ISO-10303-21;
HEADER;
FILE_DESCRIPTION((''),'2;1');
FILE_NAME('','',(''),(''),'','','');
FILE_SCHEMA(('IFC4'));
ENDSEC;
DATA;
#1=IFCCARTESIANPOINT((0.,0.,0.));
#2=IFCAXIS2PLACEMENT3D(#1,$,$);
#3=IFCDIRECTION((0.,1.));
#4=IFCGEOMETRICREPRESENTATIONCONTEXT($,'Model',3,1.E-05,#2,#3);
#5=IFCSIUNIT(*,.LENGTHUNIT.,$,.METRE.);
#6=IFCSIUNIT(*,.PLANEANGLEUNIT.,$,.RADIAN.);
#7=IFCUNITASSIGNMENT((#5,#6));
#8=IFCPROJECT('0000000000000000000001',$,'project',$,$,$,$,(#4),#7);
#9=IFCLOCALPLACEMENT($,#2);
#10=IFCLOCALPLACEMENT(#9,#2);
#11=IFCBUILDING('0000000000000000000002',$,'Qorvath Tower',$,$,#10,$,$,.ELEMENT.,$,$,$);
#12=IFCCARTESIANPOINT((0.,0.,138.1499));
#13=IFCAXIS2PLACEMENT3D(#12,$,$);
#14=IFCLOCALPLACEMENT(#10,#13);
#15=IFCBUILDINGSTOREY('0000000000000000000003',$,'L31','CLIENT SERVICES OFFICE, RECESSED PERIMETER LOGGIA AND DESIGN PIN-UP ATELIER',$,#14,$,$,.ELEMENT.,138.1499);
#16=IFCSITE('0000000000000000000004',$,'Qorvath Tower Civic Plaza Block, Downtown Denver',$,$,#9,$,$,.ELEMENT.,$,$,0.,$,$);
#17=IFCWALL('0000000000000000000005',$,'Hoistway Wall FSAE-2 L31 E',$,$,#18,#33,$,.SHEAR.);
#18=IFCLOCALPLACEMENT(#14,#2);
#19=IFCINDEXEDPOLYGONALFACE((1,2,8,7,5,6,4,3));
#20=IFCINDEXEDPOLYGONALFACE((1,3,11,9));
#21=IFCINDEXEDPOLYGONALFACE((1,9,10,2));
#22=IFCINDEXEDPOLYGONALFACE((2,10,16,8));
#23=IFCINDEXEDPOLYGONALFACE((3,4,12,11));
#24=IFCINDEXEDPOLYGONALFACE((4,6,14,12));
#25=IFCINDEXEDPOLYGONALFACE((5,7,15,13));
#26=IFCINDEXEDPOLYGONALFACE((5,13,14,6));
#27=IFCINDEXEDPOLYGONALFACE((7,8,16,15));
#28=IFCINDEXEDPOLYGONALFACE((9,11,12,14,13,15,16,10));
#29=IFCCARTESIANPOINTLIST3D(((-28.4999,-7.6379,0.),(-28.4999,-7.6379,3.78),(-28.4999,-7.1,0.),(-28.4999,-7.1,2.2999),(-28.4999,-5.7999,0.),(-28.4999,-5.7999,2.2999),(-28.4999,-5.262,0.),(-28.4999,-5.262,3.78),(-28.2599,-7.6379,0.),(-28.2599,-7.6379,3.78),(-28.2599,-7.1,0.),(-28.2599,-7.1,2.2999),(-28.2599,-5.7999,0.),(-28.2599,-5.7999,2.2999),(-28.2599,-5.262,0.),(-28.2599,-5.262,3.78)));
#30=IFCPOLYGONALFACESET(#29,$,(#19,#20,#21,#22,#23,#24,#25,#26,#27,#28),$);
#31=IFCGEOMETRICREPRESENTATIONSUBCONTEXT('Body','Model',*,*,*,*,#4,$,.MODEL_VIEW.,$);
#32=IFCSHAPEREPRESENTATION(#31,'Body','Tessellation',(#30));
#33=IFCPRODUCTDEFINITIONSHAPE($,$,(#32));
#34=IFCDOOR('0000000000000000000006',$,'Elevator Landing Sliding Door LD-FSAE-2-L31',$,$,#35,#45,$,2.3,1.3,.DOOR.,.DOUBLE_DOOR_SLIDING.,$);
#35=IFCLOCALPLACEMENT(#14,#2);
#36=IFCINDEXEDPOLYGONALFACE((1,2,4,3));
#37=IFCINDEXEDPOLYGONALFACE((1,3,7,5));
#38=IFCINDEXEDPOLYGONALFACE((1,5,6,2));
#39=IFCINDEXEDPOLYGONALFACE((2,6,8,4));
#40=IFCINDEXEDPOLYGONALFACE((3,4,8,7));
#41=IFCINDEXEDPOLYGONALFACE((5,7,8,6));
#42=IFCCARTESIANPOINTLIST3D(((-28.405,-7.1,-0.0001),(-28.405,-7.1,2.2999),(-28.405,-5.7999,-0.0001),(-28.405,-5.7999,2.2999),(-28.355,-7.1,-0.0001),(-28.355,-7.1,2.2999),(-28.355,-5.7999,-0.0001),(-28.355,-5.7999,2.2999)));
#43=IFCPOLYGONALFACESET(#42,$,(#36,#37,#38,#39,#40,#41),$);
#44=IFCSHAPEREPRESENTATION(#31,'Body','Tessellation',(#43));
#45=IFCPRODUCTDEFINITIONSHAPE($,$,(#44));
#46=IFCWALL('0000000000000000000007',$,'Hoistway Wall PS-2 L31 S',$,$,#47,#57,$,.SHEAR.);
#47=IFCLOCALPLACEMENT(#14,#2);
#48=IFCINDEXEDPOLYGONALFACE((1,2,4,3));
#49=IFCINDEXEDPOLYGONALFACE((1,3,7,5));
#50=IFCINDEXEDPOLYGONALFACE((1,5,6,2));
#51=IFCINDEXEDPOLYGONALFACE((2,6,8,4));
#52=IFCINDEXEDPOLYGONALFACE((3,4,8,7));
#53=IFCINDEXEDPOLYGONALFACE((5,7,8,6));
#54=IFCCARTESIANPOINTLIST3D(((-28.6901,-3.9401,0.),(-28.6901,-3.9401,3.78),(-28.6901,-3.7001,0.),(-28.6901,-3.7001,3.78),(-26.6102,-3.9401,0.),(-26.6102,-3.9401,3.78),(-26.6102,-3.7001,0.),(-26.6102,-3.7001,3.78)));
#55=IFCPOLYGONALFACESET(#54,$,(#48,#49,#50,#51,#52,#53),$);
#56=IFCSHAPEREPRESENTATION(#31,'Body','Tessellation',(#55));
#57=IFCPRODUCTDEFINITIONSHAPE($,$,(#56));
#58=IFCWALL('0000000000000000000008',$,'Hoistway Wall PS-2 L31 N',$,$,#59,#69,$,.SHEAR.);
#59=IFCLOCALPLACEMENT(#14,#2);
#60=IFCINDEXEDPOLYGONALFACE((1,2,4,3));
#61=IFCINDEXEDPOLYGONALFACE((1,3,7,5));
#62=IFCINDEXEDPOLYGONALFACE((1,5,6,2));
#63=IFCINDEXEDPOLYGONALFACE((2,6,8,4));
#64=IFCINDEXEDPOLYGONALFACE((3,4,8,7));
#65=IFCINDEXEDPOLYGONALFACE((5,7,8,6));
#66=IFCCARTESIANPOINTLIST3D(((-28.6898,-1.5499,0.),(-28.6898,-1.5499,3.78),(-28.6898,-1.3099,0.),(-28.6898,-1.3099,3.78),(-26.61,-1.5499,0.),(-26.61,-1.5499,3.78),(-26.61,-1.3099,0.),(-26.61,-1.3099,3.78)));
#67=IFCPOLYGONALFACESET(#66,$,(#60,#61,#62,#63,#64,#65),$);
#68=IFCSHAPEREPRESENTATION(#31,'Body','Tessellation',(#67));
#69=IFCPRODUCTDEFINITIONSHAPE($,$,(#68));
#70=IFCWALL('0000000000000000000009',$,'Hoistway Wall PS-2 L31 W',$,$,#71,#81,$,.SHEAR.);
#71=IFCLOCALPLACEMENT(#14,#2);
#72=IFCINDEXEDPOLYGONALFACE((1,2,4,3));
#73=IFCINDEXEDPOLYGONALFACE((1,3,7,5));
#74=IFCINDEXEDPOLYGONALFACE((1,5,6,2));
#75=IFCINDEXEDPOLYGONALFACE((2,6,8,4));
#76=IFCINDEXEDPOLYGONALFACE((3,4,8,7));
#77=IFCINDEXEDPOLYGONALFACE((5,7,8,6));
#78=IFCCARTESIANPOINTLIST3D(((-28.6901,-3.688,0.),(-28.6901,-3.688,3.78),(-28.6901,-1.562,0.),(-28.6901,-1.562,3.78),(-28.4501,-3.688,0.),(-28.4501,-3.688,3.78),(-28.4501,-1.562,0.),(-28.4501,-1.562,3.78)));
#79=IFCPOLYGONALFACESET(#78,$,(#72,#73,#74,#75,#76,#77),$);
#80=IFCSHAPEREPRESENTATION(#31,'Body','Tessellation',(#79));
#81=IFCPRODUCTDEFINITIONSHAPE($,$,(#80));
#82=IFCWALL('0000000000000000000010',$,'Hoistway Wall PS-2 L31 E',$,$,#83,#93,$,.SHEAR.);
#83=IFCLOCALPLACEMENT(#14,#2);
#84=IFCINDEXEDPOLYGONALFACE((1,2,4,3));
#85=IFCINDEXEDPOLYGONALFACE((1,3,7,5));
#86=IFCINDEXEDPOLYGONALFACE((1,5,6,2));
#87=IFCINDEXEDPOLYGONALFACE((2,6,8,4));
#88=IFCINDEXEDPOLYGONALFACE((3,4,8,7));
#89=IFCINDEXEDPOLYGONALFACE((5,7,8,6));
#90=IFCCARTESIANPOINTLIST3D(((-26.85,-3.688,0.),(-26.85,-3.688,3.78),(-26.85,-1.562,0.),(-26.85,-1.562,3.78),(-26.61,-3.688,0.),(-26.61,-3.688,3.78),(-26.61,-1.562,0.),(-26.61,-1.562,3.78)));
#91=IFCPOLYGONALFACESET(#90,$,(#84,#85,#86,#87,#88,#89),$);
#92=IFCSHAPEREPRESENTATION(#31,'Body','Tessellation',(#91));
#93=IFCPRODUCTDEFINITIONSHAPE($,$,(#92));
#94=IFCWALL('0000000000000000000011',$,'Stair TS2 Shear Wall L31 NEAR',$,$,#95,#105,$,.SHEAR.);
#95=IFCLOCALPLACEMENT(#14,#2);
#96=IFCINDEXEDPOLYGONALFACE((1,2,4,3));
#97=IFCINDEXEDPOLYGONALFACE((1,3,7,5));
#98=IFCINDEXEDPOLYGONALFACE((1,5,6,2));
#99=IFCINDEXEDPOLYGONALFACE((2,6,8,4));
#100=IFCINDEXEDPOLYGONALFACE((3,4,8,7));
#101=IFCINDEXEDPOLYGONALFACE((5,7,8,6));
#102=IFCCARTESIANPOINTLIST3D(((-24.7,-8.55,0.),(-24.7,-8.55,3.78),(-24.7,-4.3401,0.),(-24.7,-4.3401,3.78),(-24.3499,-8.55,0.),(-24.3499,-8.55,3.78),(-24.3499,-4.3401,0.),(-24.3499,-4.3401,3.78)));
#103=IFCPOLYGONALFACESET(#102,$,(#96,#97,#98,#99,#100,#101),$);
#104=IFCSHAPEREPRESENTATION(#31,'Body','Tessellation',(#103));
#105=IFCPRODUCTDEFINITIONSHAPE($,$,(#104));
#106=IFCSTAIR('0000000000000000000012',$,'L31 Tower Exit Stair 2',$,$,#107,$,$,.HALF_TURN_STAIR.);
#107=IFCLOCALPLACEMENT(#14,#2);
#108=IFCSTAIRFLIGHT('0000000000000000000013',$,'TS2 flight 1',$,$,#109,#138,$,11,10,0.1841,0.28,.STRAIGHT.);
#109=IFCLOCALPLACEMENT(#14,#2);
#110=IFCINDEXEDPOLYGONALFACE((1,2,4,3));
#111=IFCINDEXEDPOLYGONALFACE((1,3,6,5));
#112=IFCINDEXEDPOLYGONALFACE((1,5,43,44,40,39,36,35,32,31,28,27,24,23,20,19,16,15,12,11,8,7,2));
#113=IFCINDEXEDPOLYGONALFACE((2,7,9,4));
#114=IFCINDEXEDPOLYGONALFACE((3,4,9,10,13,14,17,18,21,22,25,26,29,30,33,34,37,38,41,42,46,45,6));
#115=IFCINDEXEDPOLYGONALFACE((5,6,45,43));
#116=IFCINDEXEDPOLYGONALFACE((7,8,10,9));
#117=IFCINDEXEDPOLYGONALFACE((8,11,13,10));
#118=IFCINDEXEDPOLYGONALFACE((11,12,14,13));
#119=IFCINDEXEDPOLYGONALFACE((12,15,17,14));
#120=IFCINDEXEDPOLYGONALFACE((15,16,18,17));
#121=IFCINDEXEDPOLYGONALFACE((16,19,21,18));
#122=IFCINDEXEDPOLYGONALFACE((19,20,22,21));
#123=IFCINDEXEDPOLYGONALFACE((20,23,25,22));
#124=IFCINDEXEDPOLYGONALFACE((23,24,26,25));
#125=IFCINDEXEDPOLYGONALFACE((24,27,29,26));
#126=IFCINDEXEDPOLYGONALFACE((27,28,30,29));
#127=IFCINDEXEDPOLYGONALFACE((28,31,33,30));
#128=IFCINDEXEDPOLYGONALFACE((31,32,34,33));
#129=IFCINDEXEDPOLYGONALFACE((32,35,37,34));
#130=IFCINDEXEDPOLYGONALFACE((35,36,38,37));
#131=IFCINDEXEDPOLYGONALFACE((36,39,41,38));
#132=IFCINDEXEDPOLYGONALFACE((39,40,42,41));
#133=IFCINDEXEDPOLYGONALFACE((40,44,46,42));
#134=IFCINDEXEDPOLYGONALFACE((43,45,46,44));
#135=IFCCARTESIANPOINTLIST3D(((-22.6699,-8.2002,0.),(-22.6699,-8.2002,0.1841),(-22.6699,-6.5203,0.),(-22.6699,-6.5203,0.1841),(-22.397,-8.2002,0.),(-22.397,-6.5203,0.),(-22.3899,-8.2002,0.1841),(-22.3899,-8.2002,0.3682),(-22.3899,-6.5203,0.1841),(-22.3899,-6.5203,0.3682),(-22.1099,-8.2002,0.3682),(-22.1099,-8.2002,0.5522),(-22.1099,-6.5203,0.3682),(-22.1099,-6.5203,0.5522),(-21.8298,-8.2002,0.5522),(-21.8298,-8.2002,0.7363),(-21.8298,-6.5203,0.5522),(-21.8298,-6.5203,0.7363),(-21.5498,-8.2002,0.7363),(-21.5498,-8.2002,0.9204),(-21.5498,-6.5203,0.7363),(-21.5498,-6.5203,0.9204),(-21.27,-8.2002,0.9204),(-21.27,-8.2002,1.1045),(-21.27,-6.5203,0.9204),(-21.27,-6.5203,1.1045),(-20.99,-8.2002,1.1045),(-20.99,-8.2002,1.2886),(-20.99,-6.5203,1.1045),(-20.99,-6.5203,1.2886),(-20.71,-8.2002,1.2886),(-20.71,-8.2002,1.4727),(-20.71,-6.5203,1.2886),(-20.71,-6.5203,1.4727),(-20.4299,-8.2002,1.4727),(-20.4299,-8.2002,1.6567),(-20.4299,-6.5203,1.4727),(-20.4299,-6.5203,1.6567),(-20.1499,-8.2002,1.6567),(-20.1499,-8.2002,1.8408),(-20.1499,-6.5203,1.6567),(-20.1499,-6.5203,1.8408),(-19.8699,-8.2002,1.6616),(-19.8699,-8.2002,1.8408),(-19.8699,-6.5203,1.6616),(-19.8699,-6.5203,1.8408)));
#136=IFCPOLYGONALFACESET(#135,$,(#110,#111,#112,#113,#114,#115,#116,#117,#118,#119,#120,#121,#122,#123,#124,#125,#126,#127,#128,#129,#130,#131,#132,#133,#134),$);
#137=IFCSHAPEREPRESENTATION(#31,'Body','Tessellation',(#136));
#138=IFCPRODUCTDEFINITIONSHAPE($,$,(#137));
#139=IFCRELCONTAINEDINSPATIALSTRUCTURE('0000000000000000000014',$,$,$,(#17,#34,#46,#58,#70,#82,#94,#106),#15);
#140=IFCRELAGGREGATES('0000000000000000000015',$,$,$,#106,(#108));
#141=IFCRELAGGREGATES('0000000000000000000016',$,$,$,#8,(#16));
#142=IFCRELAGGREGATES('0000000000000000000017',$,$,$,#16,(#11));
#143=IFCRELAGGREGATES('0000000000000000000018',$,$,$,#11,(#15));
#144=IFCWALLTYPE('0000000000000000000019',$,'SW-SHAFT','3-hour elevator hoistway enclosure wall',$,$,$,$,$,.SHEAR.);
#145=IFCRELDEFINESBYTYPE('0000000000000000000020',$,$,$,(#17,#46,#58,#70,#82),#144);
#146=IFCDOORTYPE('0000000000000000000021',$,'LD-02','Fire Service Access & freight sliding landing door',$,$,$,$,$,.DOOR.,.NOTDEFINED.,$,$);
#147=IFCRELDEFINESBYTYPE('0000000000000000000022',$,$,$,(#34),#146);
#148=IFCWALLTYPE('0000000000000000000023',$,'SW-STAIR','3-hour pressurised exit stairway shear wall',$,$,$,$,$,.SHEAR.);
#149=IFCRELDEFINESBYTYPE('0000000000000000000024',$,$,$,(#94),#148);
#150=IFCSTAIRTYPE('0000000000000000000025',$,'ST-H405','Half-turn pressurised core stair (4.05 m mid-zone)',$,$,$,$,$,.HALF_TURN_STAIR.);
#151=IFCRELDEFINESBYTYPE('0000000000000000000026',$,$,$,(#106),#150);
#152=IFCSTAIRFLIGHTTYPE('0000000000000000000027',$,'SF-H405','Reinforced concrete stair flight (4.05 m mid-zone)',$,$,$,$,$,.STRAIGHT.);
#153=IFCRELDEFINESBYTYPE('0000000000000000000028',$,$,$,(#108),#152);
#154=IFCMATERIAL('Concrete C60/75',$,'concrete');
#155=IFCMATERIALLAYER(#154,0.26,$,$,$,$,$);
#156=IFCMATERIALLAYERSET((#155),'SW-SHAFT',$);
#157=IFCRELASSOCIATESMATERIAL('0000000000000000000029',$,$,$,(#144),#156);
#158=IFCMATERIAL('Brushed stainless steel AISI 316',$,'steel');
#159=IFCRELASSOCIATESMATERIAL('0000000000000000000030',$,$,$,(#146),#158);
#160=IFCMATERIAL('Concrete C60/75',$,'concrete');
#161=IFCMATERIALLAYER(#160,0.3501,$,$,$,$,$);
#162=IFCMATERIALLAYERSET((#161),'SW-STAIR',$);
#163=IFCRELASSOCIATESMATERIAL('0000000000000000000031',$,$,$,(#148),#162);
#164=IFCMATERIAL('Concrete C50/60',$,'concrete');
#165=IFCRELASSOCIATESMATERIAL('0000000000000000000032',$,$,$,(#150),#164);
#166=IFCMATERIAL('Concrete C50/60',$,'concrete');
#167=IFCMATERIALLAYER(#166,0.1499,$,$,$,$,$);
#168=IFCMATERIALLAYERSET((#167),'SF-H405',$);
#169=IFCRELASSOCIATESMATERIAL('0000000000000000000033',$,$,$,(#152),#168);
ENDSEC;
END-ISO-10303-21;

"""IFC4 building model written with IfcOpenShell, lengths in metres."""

from ifc_helpers import new_model, si_unit, direction, frame, frame_2d, origin, place, context, subcontext, project, spatial, polyline, rectangle, outline, extrude, material, layer, layer_set, type_object, element, fill, aggregate, save


model = new_model("IFC4")

# Units and contexts
model_context = context("Model", 3, precision=1e-05, world=origin(), true_north=direction((0.0, 1.0)))
body_context = subcontext(model_context, "Body", "Model", "MODEL_VIEW")
ifc_project = project(units=[si_unit("LENGTHUNIT", "METRE"), si_unit("PLANEANGLEUNIT", "RADIAN")], contexts=[model_context])

# Site, building, storey
site_placement = place(None, origin())
site = spatial("IfcSite", under=ifc_project, at=site_placement, Name="Qorvath Tower Civic Plaza Block, Downtown Denver", CompositionType="ELEMENT", RefElevation=0.0)
building_placement = place(site_placement, origin())
building = spatial("IfcBuilding", under=site, at=building_placement, Name="Qorvath Tower", CompositionType="ELEMENT")
storey_placement = place(building_placement, frame((0.0, 0.0, 138.1499)))
storey = spatial("IfcBuildingStorey", under=building, at=storey_placement, Name="L31", Description="CLIENT SERVICES OFFICE, RECESSED PERIMETER LOGGIA AND DESIGN PIN-UP ATELIER", CompositionType="ELEMENT", Elevation=138.1499)

# Shared definitions
ifc_material_1 = material(Name="Concrete C60/75", Category="concrete")
ifc_layer_1 = layer(ifc_material_1, 0.26)
ifc_layer_set_1 = layer_set([ifc_layer_1], Name="SW-SHAFT")
wall_type_1 = type_object("IfcWallType", Name="SW-SHAFT", Description="3-hour elevator hoistway enclosure wall", PredefinedType="SHEAR", material=ifc_layer_set_1)

# Wall, opening, door
wall_1_placement = place(storey_placement, frame((-28.3799, -5.262, 0.0), z_axis=(0.0, 0.0, 1.0), x_axis=(0.0, -1.0, 0.0)))
wall_1 = element("IfcWall", 1, at=wall_1_placement, inside=storey, type_object=wall_type_1, Name="Hoistway Wall FSAE-2 L31 E", PredefinedType="SHEAR", context=body_context, shape_type="SweptSolid", body=[
    extrude(rectangle(XDim=2.376, YDim=0.24, at=frame_2d((1.188, 0.0))), origin(), (0.0, 0.0, 1.0), 3.78),
])
opening_1_placement = place(wall_1_placement, frame((0.5381, 0.0, 0.0)))
opening_1 = element("IfcOpeningElement", 2, at=opening_1_placement, cuts=wall_1, PredefinedType="OPENING", context=body_context, shape_type="SweptSolid", body=[
    extrude(rectangle(XDim=1.3, YDim=2.3, at=frame_2d((0.6499, 1.1499))), frame((0.0, 0.1299, 0.0), z_axis=(0.0, -1.0, 0.0), x_axis=(1.0, 0.0, 0.0)), (0.0, 0.0, 1.0), 0.26),
])
ifc_material_2 = material(Name="Brushed stainless steel AISI 316", Category="steel")
door_type_1 = type_object("IfcDoorType", Name="LD-02", Description="Fire Service Access & freight sliding landing door", OperationType="NOTDEFINED", PredefinedType="DOOR", material=ifc_material_2)
door_1_placement = place(opening_1_placement, origin())
door_1 = element("IfcDoor", 3, at=door_1_placement, inside=storey, type_object=door_type_1, Name="Elevator Landing Sliding Door LD-FSAE-2-L31", OperationType="DOUBLE_DOOR_SLIDING", OverallHeight=2.3, OverallWidth=1.3, PredefinedType="DOOR", context=body_context, shape_type="SweptSolid", body=[
    extrude(rectangle(XDim=1.3, YDim=2.3, at=frame_2d((0.6499, 1.1499))), frame((0.0, 0.0249, 0.0), z_axis=(0.0, -1.0, 0.0), x_axis=(1.0, 0.0, 0.0)), (0.0, 0.0, 1.0), 0.05),
])
fill(opening_1, door_1)

# Walls
for number, where, z_axis, x_axis, name in (
    (4, (-26.6101, -3.8201, 0.0), (0.0, 0.0, 1.0), (-1.0, 0.0, 0.0), "Hoistway Wall PS-2 L31 S"),
    (5, (-28.6899, -1.4299, 0.0), (0.0, 0.0, 1.0), (1.0, 0.0, 0.0), "Hoistway Wall PS-2 L31 N"),
):
    element("IfcWall", number, at=place(storey_placement, frame(where, z_axis=z_axis, x_axis=x_axis)), inside=storey, type_object=wall_type_1, Name=name, PredefinedType="SHEAR", context=body_context, shape_type="SweptSolid", body=[
        extrude(rectangle(XDim=2.0798, YDim=0.24, at=frame_2d((1.04, 0.0))), origin(), (0.0, 0.0, 1.0), 3.78),
    ])
for number, where, z_axis, x_axis, name in (
    (6, (-28.5701, -3.688, 0.0), (0.0, 0.0, 1.0), (0.0, 1.0, 0.0), "Hoistway Wall PS-2 L31 W"),
    (7, (-26.73, -1.562, 0.0), (0.0, 0.0, 1.0), (0.0, -1.0, 0.0), "Hoistway Wall PS-2 L31 E"),
):
    element("IfcWall", number, at=place(storey_placement, frame(where, z_axis=z_axis, x_axis=x_axis)), inside=storey, type_object=wall_type_1, Name=name, PredefinedType="SHEAR", context=body_context, shape_type="SweptSolid", body=[
        extrude(rectangle(XDim=2.126, YDim=0.24, at=frame_2d((1.063, 0.0))), origin(), (0.0, 0.0, 1.0), 3.78),
    ])
ifc_material_3 = material(Name="Concrete C60/75", Category="concrete")
ifc_layer_2 = layer(ifc_material_3, 0.3501)
ifc_layer_set_2 = layer_set([ifc_layer_2], Name="SW-STAIR")
wall_type_2 = type_object("IfcWallType", Name="SW-STAIR", Description="3-hour pressurised exit stairway shear wall", PredefinedType="SHEAR", material=ifc_layer_set_2)
wall_2_placement = place(storey_placement, frame((-24.5249, -4.3401, 0.0), z_axis=(0.0, 0.0, 1.0), x_axis=(0.0, -1.0, 0.0)))
element("IfcWall", 8, at=wall_2_placement, inside=storey, type_object=wall_type_2, Name="Stair TS2 Shear Wall L31 NEAR", PredefinedType="SHEAR", context=body_context, shape_type="SweptSolid", body=[
    extrude(rectangle(XDim=4.21, YDim=0.3501, at=frame_2d((2.105, 0.0))), origin(), (0.0, 0.0, 1.0), 3.78),
])

# Stair, stair flight
ifc_material_4 = material(Name="Concrete C50/60", Category="concrete")
stair_type = type_object("IfcStairType", Name="ST-H405", Description="Half-turn pressurised core stair (4.05 m mid-zone)", PredefinedType="HALF_TURN_STAIR", material=ifc_material_4)
stair_placement = place(storey_placement, origin())
stair = element("IfcStair", 9, at=stair_placement, inside=storey, type_object=stair_type, Name="L31 Tower Exit Stair 2", PredefinedType="HALF_TURN_STAIR")
ifc_material_5 = material(Name="Concrete C50/60", Category="concrete")
ifc_layer_3 = layer(ifc_material_5, 0.1499)
ifc_layer_set_3 = layer_set([ifc_layer_3], Name="SF-H405")
stair_flight_type = type_object("IfcStairFlightType", Name="SF-H405", Description="Reinforced concrete stair flight (4.05 m mid-zone)", PredefinedType="STRAIGHT", material=ifc_layer_set_3)
stair_flight_placement = place(storey_placement, frame((-22.6699, -7.3601, 0.0), z_axis=(0.0, 0.0, 1.0), x_axis=(1.0, 0.0, 0.0)))
stair_flight = element("IfcStairFlight", 10, at=stair_flight_placement, type_object=stair_flight_type, Name="TS2 flight 1", NumberOfRisers=11, NumberOfTreads=10, PredefinedType="STRAIGHT", RiserHeight=0.1841, TreadLength=0.28, context=body_context, shape_type="SweptSolid", body=[
    extrude(outline(polyline([(0.0, 0.0), (0.0, 0.1841), (0.28, 0.1841), (0.28, 0.3682), (0.5601, 0.3682), (0.5601, 0.5522), (0.8401, 0.5522), (0.8401, 0.7363), (1.1201, 0.7363), (1.1201, 0.9204), (1.3999, 0.9204), (1.3999, 1.1045), (1.6799, 1.1045), (1.6799, 1.2886), (1.96, 1.2886), (1.96, 1.4727), (2.24, 1.4727), (2.24, 1.6567), (2.52, 1.6567), (2.52, 1.8408), (2.8, 1.8408), (2.8, 2.0249), (2.8, 1.6616), (0.2729, 0.0), (0.0, 0.0)])), frame((0.0, 0.8398, 0.0), z_axis=(0.0, -1.0, 0.0), x_axis=(1.0, 0.0, 0.0)), (0.0, 0.0, 1.0), 1.6799),
])
aggregate(stair, [stair_flight])

save(model, "model.ifc")
